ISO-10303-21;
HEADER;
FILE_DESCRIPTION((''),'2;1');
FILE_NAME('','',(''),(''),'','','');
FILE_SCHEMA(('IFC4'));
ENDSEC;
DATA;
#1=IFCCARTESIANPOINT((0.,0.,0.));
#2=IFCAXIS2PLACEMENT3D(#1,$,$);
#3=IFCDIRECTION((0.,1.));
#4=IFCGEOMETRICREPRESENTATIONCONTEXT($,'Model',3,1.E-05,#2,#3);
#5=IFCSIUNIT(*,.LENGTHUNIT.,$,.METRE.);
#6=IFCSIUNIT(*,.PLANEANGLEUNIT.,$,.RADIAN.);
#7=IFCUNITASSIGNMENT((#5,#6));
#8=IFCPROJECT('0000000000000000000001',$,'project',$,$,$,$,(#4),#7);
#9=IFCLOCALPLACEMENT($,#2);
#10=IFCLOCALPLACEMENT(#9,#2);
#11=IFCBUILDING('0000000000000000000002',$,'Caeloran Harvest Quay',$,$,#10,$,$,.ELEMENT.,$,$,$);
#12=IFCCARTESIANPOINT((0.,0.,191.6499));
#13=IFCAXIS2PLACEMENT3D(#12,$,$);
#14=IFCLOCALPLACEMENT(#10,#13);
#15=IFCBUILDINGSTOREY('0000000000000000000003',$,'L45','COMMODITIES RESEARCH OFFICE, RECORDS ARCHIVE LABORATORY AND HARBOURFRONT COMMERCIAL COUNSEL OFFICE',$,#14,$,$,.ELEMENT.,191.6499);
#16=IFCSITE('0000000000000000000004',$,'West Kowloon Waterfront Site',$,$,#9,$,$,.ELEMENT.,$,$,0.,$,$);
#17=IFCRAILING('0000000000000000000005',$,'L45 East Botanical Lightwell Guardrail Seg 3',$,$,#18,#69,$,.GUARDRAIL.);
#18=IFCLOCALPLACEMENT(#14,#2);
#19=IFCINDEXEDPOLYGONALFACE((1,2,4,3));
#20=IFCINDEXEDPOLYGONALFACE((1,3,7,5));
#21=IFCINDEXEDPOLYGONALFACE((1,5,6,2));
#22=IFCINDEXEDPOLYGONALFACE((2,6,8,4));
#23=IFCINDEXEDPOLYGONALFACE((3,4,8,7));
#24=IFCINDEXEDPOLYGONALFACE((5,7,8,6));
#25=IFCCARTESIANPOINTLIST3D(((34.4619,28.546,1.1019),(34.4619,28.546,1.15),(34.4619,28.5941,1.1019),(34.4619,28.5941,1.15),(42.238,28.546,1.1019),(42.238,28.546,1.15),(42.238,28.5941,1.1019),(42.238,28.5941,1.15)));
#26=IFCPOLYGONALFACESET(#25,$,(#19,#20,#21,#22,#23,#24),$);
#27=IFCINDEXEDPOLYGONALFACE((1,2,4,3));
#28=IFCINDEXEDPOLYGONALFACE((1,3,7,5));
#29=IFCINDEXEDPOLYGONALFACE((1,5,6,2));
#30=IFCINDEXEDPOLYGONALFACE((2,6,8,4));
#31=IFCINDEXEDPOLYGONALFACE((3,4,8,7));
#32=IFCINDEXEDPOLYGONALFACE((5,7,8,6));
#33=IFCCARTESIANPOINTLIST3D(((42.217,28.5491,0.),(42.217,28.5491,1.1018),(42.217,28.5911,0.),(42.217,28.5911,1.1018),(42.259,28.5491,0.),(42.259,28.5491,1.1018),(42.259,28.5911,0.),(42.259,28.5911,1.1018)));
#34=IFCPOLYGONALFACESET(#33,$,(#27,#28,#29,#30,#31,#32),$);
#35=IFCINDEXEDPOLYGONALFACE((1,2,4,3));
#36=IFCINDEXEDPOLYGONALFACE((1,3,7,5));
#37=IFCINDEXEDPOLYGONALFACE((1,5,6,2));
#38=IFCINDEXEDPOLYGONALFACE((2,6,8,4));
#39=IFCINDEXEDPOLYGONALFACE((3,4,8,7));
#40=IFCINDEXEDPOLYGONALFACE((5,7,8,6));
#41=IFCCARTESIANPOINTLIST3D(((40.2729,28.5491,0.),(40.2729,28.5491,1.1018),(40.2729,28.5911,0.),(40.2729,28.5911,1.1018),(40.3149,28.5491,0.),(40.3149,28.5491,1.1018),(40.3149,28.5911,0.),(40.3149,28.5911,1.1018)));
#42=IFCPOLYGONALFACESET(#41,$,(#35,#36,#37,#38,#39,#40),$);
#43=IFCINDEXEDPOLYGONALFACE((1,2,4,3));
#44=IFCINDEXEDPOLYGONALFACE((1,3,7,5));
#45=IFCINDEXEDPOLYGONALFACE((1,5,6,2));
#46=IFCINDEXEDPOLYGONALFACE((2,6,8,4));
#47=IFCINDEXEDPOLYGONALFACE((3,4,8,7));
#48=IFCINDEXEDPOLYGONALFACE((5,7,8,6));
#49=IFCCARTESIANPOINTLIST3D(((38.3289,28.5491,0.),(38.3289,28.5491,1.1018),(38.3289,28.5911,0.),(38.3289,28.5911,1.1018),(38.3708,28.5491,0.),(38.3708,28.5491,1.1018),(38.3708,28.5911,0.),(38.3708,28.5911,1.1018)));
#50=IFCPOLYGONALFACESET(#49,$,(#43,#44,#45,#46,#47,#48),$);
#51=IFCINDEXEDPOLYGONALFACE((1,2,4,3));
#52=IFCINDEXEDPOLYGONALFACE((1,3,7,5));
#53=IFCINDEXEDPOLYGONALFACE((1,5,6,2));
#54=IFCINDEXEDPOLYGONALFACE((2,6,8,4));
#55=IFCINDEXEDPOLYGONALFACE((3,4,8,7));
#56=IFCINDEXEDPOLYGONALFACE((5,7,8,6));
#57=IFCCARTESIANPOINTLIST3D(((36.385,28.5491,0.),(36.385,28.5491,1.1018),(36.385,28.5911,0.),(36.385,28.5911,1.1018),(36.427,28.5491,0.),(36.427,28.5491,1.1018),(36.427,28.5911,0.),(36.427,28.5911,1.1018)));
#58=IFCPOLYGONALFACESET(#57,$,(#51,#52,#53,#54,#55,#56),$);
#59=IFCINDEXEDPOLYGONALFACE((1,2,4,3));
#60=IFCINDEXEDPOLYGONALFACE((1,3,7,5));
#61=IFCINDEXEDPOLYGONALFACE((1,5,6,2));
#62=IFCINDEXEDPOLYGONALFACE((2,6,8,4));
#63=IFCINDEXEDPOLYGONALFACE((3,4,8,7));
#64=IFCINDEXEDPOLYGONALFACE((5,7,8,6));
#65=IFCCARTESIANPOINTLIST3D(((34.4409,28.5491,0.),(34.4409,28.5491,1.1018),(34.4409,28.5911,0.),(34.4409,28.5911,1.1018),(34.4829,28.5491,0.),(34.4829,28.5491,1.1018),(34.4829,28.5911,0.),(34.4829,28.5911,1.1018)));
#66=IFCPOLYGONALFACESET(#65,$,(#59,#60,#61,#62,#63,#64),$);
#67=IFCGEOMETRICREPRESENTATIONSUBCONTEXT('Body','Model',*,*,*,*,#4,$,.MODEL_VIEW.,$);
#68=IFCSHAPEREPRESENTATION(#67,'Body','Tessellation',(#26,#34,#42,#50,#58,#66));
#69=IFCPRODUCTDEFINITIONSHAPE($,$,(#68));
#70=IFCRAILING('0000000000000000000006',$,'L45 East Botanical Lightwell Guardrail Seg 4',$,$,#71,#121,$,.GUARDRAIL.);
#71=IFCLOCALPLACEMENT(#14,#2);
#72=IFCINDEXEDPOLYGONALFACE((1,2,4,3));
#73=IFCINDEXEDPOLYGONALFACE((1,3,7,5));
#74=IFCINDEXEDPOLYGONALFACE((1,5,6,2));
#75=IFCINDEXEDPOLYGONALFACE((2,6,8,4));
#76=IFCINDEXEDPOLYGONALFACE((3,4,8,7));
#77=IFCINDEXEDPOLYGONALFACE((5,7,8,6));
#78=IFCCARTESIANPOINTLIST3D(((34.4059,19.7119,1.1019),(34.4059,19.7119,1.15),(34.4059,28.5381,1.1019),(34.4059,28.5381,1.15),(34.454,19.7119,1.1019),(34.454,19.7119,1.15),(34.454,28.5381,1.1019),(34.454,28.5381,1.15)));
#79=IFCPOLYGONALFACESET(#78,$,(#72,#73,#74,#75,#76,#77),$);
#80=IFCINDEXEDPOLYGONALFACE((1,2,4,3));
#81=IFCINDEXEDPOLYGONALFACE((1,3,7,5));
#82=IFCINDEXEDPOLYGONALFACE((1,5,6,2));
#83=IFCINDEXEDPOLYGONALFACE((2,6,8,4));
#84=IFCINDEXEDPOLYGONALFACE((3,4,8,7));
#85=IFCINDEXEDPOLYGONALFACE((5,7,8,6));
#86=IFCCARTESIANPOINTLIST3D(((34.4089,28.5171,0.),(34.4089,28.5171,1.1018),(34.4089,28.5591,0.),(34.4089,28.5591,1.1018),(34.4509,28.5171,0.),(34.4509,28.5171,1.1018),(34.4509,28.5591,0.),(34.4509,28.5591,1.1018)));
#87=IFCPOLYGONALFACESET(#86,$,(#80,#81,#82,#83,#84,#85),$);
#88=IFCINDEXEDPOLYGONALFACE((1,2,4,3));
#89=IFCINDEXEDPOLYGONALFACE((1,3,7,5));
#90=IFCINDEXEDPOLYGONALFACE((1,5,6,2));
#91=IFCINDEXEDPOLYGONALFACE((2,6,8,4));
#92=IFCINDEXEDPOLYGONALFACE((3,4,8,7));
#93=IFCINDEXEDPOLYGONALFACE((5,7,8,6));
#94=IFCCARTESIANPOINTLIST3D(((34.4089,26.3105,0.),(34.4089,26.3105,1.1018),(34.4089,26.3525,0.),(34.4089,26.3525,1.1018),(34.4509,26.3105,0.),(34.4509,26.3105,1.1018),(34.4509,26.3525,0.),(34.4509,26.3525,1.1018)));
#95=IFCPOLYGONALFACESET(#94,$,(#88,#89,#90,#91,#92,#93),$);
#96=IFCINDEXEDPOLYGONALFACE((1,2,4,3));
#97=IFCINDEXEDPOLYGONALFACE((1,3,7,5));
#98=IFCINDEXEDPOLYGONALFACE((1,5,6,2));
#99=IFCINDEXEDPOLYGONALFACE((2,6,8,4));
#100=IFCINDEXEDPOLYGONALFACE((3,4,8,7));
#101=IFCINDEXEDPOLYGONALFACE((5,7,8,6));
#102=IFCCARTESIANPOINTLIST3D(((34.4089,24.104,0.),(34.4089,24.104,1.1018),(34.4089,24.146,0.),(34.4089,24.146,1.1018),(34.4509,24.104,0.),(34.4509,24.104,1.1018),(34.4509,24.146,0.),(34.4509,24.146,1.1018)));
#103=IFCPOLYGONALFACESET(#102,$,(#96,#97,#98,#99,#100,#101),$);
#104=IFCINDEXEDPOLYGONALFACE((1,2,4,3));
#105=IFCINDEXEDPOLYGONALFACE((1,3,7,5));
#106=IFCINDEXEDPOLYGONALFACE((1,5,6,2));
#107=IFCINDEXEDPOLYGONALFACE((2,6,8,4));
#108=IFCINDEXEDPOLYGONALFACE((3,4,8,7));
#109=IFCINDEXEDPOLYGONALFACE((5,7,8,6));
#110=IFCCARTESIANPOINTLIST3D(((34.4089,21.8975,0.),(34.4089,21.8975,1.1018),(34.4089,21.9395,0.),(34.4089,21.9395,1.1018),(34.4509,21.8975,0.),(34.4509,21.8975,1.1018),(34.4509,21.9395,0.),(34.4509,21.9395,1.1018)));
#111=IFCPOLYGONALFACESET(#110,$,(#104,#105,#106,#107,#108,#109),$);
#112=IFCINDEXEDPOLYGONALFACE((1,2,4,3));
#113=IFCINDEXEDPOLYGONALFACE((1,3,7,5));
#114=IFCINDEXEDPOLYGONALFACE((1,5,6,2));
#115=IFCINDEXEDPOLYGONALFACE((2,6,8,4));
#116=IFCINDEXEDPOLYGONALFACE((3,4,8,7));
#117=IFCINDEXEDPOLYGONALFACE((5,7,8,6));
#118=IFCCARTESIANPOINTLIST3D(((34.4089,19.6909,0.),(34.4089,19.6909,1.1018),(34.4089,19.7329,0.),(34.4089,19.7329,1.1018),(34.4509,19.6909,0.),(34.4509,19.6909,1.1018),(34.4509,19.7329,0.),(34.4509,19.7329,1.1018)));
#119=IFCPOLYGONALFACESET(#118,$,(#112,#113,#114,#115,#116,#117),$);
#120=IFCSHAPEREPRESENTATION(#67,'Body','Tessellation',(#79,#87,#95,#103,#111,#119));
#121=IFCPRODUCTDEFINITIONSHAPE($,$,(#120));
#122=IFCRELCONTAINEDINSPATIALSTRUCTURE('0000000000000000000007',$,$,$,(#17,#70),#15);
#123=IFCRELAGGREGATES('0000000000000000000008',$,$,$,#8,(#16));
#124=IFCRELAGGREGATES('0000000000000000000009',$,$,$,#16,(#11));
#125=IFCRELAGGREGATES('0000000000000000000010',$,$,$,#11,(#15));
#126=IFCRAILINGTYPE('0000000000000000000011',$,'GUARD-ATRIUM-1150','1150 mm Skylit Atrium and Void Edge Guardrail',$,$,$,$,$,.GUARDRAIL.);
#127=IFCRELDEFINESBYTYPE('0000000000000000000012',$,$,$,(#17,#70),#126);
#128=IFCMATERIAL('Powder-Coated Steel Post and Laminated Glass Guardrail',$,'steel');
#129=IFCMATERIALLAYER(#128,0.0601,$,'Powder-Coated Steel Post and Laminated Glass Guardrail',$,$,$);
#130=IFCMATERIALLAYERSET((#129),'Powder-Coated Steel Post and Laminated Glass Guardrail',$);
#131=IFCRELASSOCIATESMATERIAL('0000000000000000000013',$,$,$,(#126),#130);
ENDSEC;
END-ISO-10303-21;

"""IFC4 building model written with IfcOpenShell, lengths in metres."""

from ifc_helpers import new_model, si_unit, direction, frame, origin, origin_2d, place, context, subcontext, project, spatial, rectangle, extrude, material, layer, layer_set, type_object, element, save


model = new_model("IFC4")

# Units and contexts
model_context = context("Model", 3, precision=1e-05, world=origin(), true_north=direction((0.0, 1.0)))
body_context = subcontext(model_context, "Body", "Model", "MODEL_VIEW")
ifc_project = project(units=[si_unit("LENGTHUNIT", "METRE"), si_unit("PLANEANGLEUNIT", "RADIAN")], contexts=[model_context])

# Site, building, storey
site_placement = place(None, origin())
site = spatial("IfcSite", under=ifc_project, at=site_placement, Name="West Kowloon Waterfront Site", CompositionType="ELEMENT", RefElevation=0.0)
building_placement = place(site_placement, origin())
building = spatial("IfcBuilding", under=site, at=building_placement, Name="Caeloran Harvest Quay", CompositionType="ELEMENT")
storey_placement = place(building_placement, frame((0.0, 0.0, 191.6499)))
storey = spatial("IfcBuildingStorey", under=building, at=storey_placement, Name="L45", Description="COMMODITIES RESEARCH OFFICE, RECORDS ARCHIVE LABORATORY AND HARBOURFRONT COMMERCIAL COUNSEL OFFICE", CompositionType="ELEMENT", Elevation=191.6499)

# Railings
ifc_material_1 = material(Name="Powder-Coated Steel Post and Laminated Glass Guardrail", Category="steel")
ifc_layer_1 = layer(ifc_material_1, 0.0601, Name="Powder-Coated Steel Post and Laminated Glass Guardrail")
ifc_layer_set_1 = layer_set([ifc_layer_1], Name="Powder-Coated Steel Post and Laminated Glass Guardrail")
railing_type = type_object("IfcRailingType", Name="GUARD-ATRIUM-1150", Description="1150 mm Skylit Atrium and Void Edge Guardrail", PredefinedType="GUARDRAIL", material=ifc_layer_set_1)
railing_1_placement = place(storey_placement, frame((42.238, 28.5701, 0.0)))
element("IfcRailing", 1, at=railing_1_placement, inside=storey, type_object=railing_type, Name="L45 East Botanical Lightwell Guardrail Seg 3", PredefinedType="GUARDRAIL", context=body_context, shape_type="SweptSolid", body=[
    extrude(rectangle(XDim=0.0481, YDim=0.0481, at=origin_2d()), frame((0.0, 0.0, 1.126), z_axis=(-1.0, 0.0, 0.0), x_axis=(0.0, -1.0, 0.0)), (0.0, 0.0, 1.0), 7.7761),
    extrude(rectangle(XDim=0.042, YDim=0.042, at=origin_2d()), origin(), (0.0, 0.0, 1.0), 1.1018),
    extrude(rectangle(XDim=0.042, YDim=0.042, at=origin_2d()), frame((-1.9441, 0.0, 0.0)), (0.0, 0.0, 1.0), 1.1018),
    extrude(rectangle(XDim=0.042, YDim=0.042, at=origin_2d()), frame((-3.8882, 0.0, 0.0)), (0.0, 0.0, 1.0), 1.1018),
    extrude(rectangle(XDim=0.042, YDim=0.042, at=origin_2d()), frame((-5.832, 0.0, 0.0)), (0.0, 0.0, 1.0), 1.1018),
    extrude(rectangle(XDim=0.042, YDim=0.042, at=origin_2d()), frame((-7.7761, 0.0, 0.0)), (0.0, 0.0, 1.0), 1.1018),
])
railing_2_placement = place(storey_placement, frame((34.4299, 28.5381, 0.0)))
element("IfcRailing", 2, at=railing_2_placement, inside=storey, type_object=railing_type, Name="L45 East Botanical Lightwell Guardrail Seg 4", PredefinedType="GUARDRAIL", context=body_context, shape_type="SweptSolid", body=[
    extrude(rectangle(XDim=0.0481, YDim=0.0481, at=origin_2d()), frame((0.0, 0.0, 1.126), z_axis=(0.0, -1.0, 0.0), x_axis=(1.0, 0.0, 0.0)), (0.0, 0.0, 1.0), 8.8262),
    extrude(rectangle(XDim=0.042, YDim=0.042, at=origin_2d()), origin(), (0.0, 0.0, 1.0), 1.1018),
    extrude(rectangle(XDim=0.042, YDim=0.042, at=origin_2d()), frame((0.0, -2.2065, 0.0)), (0.0, 0.0, 1.0), 1.1018),
    extrude(rectangle(XDim=0.042, YDim=0.042, at=origin_2d()), frame((0.0, -4.4131, 0.0)), (0.0, 0.0, 1.0), 1.1018),
    extrude(rectangle(XDim=0.042, YDim=0.042, at=origin_2d()), frame((0.0, -6.6196, 0.0)), (0.0, 0.0, 1.0), 1.1018),
    extrude(rectangle(XDim=0.042, YDim=0.042, at=origin_2d()), frame((0.0, -8.8262, 0.0)), (0.0, 0.0, 1.0), 1.1018),
])

save(model, "model.ifc")
